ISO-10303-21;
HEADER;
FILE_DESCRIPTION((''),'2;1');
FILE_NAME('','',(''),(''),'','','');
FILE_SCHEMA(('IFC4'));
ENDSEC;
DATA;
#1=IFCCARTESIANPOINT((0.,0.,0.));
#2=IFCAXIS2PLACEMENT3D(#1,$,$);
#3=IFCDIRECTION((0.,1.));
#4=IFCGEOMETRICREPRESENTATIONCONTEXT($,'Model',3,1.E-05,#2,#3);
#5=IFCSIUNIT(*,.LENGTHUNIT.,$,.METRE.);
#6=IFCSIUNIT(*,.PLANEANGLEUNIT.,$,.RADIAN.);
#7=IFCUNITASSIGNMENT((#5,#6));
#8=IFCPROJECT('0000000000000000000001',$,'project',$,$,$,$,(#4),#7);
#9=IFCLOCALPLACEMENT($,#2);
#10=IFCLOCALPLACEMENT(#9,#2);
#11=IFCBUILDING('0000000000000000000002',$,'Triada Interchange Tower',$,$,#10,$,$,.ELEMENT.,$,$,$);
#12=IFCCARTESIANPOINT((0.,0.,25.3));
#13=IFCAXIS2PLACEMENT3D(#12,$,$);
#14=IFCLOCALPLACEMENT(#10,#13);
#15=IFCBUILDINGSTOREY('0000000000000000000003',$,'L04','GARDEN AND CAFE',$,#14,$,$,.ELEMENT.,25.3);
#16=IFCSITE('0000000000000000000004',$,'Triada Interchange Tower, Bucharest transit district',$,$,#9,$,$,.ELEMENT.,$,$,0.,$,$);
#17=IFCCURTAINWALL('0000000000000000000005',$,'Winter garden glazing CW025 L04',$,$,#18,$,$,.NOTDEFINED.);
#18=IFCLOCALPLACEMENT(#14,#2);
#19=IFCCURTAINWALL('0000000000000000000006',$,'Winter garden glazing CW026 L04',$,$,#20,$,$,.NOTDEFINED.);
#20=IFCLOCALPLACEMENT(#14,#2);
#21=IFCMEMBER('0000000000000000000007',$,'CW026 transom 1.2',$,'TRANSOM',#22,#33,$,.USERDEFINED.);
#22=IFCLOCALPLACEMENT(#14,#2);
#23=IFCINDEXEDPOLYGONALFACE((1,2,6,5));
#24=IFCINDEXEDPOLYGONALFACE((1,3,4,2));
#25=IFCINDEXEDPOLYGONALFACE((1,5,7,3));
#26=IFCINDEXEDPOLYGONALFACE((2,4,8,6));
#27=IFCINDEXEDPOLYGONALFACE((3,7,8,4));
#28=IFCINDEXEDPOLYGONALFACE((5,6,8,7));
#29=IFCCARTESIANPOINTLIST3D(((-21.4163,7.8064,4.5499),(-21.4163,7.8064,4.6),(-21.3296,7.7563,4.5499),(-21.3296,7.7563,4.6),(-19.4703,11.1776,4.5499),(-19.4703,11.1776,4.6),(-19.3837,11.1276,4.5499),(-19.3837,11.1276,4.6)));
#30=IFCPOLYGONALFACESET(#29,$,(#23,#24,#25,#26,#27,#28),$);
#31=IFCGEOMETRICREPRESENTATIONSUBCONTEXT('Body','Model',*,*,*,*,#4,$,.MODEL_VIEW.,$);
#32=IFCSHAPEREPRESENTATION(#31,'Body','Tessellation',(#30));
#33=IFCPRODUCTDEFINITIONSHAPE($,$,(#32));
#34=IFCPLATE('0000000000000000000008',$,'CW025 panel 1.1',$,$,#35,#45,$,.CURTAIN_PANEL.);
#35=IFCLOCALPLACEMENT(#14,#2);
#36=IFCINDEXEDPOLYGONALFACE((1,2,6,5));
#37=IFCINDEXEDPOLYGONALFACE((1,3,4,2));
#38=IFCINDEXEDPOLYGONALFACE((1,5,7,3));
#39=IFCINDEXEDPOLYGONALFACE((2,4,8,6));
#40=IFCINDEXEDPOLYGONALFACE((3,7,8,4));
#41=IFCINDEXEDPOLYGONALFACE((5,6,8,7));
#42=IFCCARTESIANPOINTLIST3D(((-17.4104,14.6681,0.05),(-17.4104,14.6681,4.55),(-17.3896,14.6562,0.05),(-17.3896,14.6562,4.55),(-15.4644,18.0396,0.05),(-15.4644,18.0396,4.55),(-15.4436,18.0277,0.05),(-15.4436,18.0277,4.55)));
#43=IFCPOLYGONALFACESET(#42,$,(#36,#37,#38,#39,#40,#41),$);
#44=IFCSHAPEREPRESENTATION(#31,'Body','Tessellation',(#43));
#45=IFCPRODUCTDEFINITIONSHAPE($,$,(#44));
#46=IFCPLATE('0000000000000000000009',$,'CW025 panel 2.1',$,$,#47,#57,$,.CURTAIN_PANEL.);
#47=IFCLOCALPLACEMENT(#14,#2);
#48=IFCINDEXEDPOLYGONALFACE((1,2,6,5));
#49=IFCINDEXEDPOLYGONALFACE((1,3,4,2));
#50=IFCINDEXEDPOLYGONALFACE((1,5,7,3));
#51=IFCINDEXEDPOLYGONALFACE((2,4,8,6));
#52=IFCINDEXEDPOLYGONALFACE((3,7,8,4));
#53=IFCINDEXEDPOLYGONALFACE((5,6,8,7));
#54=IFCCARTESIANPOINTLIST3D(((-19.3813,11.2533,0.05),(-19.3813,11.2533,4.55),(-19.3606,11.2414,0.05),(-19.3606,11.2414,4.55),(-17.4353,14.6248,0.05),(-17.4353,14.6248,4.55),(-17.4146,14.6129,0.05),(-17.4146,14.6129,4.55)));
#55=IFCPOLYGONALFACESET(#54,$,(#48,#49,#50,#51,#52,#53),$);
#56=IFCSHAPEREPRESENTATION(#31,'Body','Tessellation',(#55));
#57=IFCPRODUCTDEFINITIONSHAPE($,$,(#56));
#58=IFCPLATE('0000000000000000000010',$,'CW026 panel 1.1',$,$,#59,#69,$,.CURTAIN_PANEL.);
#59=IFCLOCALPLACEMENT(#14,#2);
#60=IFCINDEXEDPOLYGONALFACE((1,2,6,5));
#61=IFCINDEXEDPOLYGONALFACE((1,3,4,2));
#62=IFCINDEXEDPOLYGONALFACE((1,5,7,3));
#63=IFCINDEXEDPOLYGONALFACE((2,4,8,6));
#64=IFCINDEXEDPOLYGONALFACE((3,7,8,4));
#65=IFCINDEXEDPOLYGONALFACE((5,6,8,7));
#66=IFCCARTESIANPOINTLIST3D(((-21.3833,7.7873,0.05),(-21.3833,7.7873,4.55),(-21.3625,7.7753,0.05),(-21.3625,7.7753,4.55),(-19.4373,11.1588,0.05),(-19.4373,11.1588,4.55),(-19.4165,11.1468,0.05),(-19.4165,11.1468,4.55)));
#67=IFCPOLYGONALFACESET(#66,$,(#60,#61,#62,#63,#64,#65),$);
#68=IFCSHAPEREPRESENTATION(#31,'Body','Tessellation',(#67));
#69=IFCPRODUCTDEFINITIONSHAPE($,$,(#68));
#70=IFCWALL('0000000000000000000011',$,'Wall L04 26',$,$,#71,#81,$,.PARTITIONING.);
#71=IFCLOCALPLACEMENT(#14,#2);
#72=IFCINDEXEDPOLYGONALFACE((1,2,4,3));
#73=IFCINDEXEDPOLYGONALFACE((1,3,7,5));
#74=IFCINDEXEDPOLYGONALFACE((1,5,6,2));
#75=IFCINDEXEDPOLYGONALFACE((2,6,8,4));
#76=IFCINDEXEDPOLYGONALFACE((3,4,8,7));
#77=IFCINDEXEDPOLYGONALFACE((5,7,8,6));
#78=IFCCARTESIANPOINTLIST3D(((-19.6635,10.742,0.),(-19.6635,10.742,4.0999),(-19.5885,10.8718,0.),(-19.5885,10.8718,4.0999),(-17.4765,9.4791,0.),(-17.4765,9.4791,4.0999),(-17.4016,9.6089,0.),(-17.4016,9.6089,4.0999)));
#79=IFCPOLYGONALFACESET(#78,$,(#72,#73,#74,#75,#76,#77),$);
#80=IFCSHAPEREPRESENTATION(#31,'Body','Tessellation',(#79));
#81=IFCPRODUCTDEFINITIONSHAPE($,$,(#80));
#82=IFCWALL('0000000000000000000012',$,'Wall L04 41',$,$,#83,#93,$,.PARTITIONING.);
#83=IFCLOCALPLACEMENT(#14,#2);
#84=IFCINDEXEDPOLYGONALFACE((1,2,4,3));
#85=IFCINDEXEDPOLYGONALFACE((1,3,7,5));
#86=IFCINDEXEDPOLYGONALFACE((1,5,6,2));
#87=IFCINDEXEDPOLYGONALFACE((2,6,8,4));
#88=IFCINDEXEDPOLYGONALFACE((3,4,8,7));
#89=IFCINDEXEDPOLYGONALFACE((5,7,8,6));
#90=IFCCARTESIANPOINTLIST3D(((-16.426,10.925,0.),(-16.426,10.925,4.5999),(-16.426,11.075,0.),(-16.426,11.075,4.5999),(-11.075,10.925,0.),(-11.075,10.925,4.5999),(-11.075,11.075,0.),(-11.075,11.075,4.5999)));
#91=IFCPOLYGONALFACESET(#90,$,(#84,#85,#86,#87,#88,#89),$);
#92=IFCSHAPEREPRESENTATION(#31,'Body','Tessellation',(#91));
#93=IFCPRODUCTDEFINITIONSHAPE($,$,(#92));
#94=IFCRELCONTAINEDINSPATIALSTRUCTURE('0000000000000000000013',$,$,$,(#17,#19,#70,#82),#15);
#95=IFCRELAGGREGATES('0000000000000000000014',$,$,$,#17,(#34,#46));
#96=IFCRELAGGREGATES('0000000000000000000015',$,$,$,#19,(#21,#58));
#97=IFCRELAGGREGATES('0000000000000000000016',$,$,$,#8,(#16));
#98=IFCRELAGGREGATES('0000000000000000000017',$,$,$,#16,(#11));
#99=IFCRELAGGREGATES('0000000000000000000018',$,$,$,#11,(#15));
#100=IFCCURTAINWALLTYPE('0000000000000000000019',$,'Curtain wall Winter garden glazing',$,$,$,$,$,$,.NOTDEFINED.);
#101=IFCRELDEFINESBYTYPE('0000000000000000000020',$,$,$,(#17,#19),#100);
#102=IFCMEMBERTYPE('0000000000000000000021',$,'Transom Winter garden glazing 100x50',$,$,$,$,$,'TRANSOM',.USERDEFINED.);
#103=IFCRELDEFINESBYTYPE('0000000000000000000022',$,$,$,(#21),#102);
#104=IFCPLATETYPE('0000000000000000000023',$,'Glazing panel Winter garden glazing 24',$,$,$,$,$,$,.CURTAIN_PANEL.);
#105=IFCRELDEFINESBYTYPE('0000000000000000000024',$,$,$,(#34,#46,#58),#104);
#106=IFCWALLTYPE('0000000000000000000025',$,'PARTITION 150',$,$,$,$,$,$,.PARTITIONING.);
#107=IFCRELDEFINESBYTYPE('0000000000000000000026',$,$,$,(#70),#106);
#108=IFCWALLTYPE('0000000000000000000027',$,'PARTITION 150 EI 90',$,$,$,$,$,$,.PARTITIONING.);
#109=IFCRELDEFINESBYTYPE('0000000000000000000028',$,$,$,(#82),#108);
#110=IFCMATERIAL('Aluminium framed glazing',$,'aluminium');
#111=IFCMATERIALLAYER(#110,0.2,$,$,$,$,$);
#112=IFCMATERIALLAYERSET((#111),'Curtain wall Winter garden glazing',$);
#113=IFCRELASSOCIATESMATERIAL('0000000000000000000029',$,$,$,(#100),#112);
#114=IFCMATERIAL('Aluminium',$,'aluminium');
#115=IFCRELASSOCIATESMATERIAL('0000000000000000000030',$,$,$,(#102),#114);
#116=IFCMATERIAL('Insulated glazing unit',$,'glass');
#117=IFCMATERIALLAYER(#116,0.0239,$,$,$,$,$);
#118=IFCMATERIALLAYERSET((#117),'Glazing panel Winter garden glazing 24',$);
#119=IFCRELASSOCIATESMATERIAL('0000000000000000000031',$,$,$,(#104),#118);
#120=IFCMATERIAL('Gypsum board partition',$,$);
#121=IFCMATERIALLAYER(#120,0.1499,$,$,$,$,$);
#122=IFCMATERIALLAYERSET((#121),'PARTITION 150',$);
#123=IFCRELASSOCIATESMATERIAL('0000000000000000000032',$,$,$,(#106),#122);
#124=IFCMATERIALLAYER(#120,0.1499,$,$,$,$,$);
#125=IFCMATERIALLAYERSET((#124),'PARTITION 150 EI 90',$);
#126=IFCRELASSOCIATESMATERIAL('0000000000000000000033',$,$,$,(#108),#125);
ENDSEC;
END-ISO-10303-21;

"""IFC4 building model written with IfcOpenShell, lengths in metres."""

from ifc_helpers import new_model, si_unit, direction, frame, frame_2d, origin, origin_2d, place, context, subcontext, project, spatial, rectangle, extrude, material, layer, layer_set, material_profile, profile_set, type_object, element, aggregate, save


model = new_model("IFC4")

# Units and contexts
model_context = context("Model", 3, precision=1e-05, world=origin(), true_north=direction((0.0, 1.0)))
body_context = subcontext(model_context, "Body", "Model", "MODEL_VIEW")
ifc_project = project(units=[si_unit("LENGTHUNIT", "METRE"), si_unit("PLANEANGLEUNIT", "RADIAN")], contexts=[model_context])

# Site, building, storey
site_placement = place(None, origin())
site = spatial("IfcSite", under=ifc_project, at=site_placement, Name="Triada Interchange Tower, Bucharest transit district", CompositionType="ELEMENT", RefElevation=0.0)
building_placement = place(site_placement, origin())
building = spatial("IfcBuilding", under=site, at=building_placement, Name="Triada Interchange Tower", CompositionType="ELEMENT")
storey_placement = place(building_placement, frame((0.0, 0.0, 25.3)))
storey = spatial("IfcBuildingStorey", under=building, at=storey_placement, Name="L04", Description="GARDEN AND CAFE", CompositionType="ELEMENT", Elevation=25.3)

# Shared definitions
ifc_material_1 = material(Name="Aluminium framed glazing", Category="aluminium")
ifc_layer_1 = layer(ifc_material_1, 0.2)
ifc_layer_set_1 = layer_set([ifc_layer_1], Name="Curtain wall Winter garden glazing")
curtain_wall_type = type_object("IfcCurtainWallType", Name="Curtain wall Winter garden glazing", PredefinedType="NOTDEFINED", material=ifc_layer_set_1)
ifc_material_2 = material(Name="Aluminium", Category="aluminium")

# Curtain wall
curtain_wall_1_placement = place(storey_placement, origin())
curtain_wall_1 = element("IfcCurtainWall", 1, at=curtain_wall_1_placement, inside=storey, type_object=curtain_wall_type, Name="Winter garden glazing CW025 L04", PredefinedType="NOTDEFINED")

# Curtain wall
curtain_wall_2_placement = place(storey_placement, origin())
curtain_wall_2 = element("IfcCurtainWall", 2, at=curtain_wall_2_placement, inside=storey, type_object=curtain_wall_type, Name="Winter garden glazing CW026 L04", PredefinedType="NOTDEFINED")

# Member
ifc_material_profile_1 = material_profile(ifc_material_2, rectangle(XDim=0.1001, YDim=0.05, at=origin_2d()), Name="Aluminium transom")
ifc_profile_set_1 = profile_set([ifc_material_profile_1], Name="Aluminium")
member_type_1 = type_object("IfcMemberType", Name="Transom Winter garden glazing 100x50", ElementType="TRANSOM", PredefinedType="USERDEFINED", material=ifc_profile_set_1)
member_1_placement = place(storey_placement, frame((-19.427, 11.1526, 4.575), z_axis=(-0.499923, -0.86607, 0.0), x_axis=(0.86607, -0.499923, 0.0)))
member_1 = element("IfcMember", 3, at=member_1_placement, type_object=member_type_1, Name="CW026 transom 1.2", ObjectType="TRANSOM", PredefinedType="USERDEFINED", context=body_context, shape_type="SweptSolid", body=[
    extrude(rectangle(XDim=0.1001, YDim=0.05, at=origin_2d()), origin(), (0.0, 0.0, 1.0), 3.8926),
])

# Plates
ifc_material_3 = material(Name="Insulated glazing unit", Category="glass")
ifc_layer_2 = layer(ifc_material_3, 0.0239)
ifc_layer_set_2 = layer_set([ifc_layer_2], Name="Glazing panel Winter garden glazing 24")
plate_type = type_object("IfcPlateType", Name="Glazing panel Winter garden glazing 24", PredefinedType="CURTAIN_PANEL", material=ifc_layer_set_2)
plate_1_placement = place(storey_placement, frame((-16.427, 16.3479, 0.05), z_axis=(0.0, 0.0, 1.0), x_axis=(-0.499893, -0.866087, 0.0)))
plate_1 = element("IfcPlate", 4, at=plate_1_placement, type_object=plate_type, Name="CW025 panel 1.1", PredefinedType="CURTAIN_PANEL", context=body_context, shape_type="SweptSolid", body=[
    extrude(rectangle(XDim=3.8928, YDim=0.0239, at=origin_2d()), origin(), (0.0, 0.0, 1.0), 4.5),
])
plate_2_placement = place(storey_placement, frame((-18.3979, 12.9331, 0.05), z_axis=(0.0, 0.0, 1.0), x_axis=(-0.499893, -0.866087, 0.0)))
plate_2 = element("IfcPlate", 5, at=plate_2_placement, type_object=plate_type, Name="CW025 panel 2.1", PredefinedType="CURTAIN_PANEL", context=body_context, shape_type="SweptSolid", body=[
    extrude(rectangle(XDim=3.8928, YDim=0.0239, at=origin_2d()), origin(), (0.0, 0.0, 1.0), 4.5),
])
aggregate(curtain_wall_1, [plate_1, plate_2])
plate_3_placement = place(storey_placement, frame((-20.3999, 9.467, 0.05), z_axis=(0.0, 0.0, 1.0), x_axis=(-0.499893, -0.866087, 0.0)))
plate_3 = element("IfcPlate", 6, at=plate_3_placement, type_object=plate_type, Name="CW026 panel 1.1", PredefinedType="CURTAIN_PANEL", context=body_context, shape_type="SweptSolid", body=[
    extrude(rectangle(XDim=3.8928, YDim=0.0239, at=origin_2d()), origin(), (0.0, 0.0, 1.0), 4.5),
])
aggregate(curtain_wall_2, [member_1, plate_3])

# Walls
ifc_material_4 = material(Name="Gypsum board partition")
ifc_layer_3 = layer(ifc_material_4, 0.1499)
ifc_layer_set_3 = layer_set([ifc_layer_3], Name="PARTITION 150")
wall_type_1 = type_object("IfcWallType", Name="PARTITION 150", PredefinedType="PARTITIONING", material=ifc_layer_set_3)
wall_1_placement = place(storey_placement, frame((-19.626, 10.8069, 0.0), z_axis=(0.0, 0.0, 1.0), x_axis=(0.86598, -0.500079, 0.0)))
element("IfcWall", 7, at=wall_1_placement, inside=storey, type_object=wall_type_1, Name="Wall L04 26", PredefinedType="PARTITIONING", context=body_context, shape_type="SweptSolid", body=[
    extrude(rectangle(XDim=2.5254, YDim=0.1499, at=frame_2d((1.2627, 0.0))), origin(), (0.0, 0.0, 1.0), 4.0999),
])
ifc_layer_4 = layer(ifc_material_4, 0.1499)
ifc_layer_set_4 = layer_set([ifc_layer_4], Name="PARTITION 150 EI 90")
wall_type_2 = type_object("IfcWallType", Name="PARTITION 150 EI 90", PredefinedType="PARTITIONING", material=ifc_layer_set_4)
wall_2_placement = place(storey_placement, frame((-16.426, 11.0, 0.0), z_axis=(0.0, 0.0, 1.0), x_axis=(1.0, 0.0, 0.0)))
element("IfcWall", 8, at=wall_2_placement, inside=storey, type_object=wall_type_2, Name="Wall L04 41", PredefinedType="PARTITIONING", context=body_context, shape_type="SweptSolid", body=[
    extrude(rectangle(XDim=5.3511, YDim=0.1499, at=frame_2d((2.6755, 0.0))), origin(), (0.0, 0.0, 1.0), 4.5999),
])

save(model, "model.ifc")
